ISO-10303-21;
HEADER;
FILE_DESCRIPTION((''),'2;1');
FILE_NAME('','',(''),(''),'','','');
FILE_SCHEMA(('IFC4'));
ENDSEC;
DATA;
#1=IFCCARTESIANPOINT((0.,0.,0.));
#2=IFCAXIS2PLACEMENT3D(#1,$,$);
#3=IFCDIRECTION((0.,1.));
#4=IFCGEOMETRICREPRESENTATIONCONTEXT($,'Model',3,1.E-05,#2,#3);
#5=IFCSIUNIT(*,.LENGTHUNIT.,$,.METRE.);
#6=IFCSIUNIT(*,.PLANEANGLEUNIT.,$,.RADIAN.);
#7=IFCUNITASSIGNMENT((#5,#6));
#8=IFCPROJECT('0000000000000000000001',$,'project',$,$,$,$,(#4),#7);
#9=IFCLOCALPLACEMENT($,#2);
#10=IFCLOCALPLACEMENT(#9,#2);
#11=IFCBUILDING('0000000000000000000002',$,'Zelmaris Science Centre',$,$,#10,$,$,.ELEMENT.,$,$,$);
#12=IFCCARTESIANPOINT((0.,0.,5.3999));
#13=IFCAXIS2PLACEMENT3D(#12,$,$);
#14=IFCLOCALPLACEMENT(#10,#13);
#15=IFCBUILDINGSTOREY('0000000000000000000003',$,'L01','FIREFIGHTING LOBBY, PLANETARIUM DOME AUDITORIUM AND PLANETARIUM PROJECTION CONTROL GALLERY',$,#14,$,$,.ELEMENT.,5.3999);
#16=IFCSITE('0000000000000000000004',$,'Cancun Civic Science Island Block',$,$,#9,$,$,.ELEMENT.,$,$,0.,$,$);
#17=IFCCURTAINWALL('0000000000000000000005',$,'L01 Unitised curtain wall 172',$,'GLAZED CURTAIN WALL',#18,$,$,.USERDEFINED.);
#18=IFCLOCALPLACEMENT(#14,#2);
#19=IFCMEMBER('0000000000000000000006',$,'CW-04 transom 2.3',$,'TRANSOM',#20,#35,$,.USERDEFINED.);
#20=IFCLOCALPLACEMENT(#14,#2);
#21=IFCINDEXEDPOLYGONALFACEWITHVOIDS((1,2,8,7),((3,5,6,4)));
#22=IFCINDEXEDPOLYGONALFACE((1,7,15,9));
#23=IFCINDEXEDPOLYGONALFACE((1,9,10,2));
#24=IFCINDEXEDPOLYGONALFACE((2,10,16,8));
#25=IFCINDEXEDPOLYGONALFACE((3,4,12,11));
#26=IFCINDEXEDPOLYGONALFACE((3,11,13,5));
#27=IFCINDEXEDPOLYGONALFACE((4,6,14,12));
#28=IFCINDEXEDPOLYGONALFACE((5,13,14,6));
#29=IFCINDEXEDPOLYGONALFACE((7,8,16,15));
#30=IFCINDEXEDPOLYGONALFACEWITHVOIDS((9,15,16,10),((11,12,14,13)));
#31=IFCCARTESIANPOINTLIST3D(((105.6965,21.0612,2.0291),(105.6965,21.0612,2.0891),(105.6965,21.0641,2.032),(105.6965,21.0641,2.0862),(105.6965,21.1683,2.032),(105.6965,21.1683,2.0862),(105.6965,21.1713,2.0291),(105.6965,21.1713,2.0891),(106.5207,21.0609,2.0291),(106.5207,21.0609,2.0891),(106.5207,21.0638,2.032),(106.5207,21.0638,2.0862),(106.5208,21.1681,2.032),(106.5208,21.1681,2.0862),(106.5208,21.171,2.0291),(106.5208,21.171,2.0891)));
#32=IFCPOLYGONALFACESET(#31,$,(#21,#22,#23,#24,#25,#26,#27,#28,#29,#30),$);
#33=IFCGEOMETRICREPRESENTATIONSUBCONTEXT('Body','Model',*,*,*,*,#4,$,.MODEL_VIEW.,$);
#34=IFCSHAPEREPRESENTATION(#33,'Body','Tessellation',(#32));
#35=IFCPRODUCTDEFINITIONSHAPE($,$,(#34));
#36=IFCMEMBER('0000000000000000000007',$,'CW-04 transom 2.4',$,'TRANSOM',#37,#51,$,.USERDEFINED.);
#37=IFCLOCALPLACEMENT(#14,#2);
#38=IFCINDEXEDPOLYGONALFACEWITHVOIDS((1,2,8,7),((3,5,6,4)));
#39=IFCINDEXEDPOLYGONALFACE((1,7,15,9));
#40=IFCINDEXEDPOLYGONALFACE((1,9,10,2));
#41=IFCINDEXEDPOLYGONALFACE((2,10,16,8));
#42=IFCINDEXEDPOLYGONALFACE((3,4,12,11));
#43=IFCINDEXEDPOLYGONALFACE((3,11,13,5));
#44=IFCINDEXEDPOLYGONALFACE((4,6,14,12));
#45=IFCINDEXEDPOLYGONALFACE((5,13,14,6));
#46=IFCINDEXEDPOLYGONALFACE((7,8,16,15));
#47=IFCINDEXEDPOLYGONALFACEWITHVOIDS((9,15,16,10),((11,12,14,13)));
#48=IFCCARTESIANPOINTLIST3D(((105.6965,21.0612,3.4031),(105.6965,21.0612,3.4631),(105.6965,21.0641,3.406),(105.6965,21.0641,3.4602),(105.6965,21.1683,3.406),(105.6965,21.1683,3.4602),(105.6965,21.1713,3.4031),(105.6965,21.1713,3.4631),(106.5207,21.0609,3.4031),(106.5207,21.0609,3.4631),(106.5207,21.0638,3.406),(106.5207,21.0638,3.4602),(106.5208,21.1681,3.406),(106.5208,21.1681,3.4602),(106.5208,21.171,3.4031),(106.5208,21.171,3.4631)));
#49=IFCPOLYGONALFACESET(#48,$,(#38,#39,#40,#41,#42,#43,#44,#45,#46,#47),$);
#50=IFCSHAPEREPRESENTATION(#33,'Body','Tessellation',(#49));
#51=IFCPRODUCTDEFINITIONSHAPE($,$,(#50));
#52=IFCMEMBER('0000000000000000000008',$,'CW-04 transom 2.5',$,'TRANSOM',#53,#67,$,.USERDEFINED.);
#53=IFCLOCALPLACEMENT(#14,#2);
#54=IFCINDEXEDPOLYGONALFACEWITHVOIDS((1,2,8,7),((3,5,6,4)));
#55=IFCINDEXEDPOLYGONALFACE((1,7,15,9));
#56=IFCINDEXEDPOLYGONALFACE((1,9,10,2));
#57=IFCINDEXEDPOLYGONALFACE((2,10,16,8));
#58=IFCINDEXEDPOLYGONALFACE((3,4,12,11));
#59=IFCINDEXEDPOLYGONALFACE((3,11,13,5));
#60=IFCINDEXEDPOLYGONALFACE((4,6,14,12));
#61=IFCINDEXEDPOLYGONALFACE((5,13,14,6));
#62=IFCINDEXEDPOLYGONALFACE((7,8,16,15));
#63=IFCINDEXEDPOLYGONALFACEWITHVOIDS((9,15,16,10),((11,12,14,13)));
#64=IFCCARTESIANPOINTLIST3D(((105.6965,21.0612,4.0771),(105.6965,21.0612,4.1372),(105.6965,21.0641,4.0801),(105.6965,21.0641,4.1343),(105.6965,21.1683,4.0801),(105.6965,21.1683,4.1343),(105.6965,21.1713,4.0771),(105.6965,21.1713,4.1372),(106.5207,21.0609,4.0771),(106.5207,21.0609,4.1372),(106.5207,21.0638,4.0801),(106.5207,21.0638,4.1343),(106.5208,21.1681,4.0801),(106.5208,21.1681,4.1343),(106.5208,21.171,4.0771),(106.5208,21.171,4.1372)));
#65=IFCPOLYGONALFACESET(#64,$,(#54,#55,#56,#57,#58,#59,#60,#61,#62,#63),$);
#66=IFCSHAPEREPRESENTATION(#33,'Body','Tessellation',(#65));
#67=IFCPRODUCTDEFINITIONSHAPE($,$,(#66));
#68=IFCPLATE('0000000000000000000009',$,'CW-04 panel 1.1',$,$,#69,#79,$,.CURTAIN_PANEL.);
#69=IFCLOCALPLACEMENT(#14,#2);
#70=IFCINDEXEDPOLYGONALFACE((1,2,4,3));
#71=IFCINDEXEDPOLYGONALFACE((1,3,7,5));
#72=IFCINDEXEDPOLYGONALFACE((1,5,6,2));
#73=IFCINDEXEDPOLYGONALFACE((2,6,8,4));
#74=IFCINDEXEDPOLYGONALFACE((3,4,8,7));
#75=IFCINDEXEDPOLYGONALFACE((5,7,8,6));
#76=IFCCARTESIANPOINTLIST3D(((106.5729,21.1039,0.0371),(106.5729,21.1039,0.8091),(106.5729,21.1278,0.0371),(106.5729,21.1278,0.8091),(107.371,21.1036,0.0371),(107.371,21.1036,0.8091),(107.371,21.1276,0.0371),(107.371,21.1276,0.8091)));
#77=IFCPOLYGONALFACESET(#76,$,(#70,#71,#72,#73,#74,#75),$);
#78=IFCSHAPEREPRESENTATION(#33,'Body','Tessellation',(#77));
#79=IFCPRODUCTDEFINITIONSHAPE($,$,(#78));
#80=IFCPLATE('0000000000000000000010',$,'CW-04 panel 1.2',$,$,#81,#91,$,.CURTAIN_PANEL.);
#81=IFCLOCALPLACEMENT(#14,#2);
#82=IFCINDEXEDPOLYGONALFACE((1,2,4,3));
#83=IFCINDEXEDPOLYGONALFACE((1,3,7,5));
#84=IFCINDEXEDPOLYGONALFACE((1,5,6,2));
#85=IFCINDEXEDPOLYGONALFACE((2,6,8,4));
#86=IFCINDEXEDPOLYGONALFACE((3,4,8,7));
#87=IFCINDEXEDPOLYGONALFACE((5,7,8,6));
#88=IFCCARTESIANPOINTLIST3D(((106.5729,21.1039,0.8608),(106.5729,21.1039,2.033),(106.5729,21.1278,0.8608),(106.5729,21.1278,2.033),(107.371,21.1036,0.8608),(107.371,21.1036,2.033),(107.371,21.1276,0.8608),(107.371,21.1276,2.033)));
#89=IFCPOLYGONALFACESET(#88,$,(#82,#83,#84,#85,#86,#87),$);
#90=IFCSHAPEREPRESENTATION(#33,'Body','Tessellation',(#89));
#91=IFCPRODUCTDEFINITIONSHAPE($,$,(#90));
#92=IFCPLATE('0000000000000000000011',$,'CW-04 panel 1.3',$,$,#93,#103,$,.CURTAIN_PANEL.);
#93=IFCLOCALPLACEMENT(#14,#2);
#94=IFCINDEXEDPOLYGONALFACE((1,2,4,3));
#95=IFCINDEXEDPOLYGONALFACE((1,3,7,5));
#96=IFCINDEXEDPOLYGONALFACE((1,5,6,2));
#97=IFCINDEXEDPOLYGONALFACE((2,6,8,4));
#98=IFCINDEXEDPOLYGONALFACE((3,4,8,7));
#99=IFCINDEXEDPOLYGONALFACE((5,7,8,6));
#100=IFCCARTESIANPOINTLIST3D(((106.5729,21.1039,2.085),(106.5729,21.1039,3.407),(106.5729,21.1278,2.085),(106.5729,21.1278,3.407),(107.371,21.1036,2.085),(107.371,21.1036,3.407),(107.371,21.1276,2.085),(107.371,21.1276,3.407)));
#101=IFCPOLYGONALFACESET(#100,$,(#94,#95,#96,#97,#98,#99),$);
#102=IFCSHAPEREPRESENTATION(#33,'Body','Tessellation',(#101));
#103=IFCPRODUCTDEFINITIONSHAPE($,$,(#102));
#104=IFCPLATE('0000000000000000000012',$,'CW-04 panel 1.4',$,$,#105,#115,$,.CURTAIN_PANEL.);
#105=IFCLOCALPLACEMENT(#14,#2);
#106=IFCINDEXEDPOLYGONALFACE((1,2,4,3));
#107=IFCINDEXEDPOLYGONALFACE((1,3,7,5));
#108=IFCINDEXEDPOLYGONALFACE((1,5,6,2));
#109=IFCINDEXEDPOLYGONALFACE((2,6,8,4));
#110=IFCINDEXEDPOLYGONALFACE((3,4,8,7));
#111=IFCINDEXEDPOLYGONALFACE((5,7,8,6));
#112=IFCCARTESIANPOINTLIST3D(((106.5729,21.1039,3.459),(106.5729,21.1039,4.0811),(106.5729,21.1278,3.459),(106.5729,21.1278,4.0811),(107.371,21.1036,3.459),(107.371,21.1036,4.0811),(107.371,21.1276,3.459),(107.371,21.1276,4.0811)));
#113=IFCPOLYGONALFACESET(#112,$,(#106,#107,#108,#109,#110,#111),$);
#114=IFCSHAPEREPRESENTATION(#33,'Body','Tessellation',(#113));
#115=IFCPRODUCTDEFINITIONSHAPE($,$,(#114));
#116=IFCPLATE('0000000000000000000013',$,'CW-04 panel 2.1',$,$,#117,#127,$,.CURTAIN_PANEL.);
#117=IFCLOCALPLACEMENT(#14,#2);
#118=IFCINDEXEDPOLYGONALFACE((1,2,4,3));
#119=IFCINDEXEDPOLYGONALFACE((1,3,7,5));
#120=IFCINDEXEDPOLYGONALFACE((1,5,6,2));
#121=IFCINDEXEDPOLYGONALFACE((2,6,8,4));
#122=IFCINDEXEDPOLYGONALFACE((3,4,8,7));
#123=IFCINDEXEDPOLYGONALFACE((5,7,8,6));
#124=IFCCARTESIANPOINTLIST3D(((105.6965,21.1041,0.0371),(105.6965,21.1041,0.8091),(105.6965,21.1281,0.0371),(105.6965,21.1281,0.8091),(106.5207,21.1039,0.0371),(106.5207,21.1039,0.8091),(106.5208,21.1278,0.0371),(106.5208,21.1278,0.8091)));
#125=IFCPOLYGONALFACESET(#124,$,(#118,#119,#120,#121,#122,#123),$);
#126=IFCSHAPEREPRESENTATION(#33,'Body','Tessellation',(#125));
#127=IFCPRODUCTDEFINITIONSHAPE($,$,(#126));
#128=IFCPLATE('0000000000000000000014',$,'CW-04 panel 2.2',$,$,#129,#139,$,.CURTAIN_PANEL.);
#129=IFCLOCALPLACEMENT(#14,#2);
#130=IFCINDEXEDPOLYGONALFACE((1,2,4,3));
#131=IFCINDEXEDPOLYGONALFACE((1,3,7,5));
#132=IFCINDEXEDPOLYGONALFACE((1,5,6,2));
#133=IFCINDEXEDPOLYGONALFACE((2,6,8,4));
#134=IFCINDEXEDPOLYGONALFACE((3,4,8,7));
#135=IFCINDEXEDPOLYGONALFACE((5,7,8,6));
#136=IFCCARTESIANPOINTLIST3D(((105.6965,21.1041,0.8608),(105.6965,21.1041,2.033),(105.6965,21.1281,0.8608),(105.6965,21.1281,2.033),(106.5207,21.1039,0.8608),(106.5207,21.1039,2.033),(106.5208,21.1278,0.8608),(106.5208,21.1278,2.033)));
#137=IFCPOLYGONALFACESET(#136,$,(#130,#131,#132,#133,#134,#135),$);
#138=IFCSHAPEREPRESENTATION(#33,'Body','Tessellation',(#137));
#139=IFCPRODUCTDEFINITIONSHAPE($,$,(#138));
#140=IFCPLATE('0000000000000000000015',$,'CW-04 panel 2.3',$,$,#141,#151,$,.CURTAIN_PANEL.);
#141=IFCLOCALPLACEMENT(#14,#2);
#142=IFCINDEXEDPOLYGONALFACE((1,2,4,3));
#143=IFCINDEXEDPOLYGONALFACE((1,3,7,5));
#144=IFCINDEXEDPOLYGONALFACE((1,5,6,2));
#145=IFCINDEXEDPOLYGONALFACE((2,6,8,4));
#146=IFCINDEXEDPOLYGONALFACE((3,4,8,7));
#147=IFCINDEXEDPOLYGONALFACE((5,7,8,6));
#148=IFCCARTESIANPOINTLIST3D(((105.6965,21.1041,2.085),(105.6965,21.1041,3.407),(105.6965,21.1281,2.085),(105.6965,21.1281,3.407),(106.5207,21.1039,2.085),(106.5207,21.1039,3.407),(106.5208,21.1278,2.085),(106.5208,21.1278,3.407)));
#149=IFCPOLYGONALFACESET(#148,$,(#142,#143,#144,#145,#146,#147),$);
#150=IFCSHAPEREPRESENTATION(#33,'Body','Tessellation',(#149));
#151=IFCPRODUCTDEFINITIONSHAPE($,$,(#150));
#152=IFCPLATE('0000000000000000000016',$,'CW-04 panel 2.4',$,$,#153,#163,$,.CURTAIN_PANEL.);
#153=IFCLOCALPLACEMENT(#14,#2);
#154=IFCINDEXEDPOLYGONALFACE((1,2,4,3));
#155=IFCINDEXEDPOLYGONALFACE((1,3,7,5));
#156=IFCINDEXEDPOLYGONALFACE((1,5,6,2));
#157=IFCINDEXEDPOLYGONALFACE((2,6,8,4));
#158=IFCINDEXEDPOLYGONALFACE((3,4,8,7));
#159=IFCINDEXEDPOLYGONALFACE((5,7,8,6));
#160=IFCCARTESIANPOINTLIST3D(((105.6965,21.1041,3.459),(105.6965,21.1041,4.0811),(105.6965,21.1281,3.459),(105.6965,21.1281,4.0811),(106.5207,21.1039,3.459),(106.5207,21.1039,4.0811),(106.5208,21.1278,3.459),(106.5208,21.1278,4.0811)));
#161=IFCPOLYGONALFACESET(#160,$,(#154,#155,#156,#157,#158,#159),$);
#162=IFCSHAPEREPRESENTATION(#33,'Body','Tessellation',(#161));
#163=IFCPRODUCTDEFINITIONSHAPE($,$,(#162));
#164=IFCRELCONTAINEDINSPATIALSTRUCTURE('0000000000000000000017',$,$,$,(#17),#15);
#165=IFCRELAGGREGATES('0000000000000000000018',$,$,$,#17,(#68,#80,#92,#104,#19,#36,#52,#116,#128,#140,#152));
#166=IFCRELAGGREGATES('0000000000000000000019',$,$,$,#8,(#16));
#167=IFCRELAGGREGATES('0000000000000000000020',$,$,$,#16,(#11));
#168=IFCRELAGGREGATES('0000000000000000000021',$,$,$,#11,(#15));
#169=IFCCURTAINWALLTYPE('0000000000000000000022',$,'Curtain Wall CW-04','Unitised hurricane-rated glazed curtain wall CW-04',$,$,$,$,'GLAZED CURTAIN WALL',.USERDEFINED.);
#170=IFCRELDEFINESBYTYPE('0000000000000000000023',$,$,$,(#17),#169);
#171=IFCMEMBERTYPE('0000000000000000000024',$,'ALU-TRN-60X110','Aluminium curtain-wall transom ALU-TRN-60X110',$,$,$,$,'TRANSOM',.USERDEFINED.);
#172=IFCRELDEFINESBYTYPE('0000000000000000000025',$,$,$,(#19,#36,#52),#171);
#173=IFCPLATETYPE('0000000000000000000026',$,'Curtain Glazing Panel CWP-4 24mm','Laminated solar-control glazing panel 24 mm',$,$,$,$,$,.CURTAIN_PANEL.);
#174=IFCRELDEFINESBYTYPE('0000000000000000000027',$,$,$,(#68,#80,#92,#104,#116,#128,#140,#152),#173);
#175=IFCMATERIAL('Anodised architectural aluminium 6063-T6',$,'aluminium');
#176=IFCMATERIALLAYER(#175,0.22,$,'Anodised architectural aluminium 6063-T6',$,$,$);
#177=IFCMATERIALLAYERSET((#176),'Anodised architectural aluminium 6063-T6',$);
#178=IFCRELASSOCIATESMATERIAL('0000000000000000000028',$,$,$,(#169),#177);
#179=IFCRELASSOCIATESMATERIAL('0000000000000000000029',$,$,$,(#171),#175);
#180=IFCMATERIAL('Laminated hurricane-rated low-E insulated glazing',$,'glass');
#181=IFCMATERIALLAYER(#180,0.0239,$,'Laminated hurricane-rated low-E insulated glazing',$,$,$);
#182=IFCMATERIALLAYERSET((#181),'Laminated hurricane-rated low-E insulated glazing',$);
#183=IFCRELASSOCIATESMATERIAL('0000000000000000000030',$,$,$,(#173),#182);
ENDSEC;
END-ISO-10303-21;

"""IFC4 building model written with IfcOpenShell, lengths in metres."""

from ifc_helpers import new_model, si_unit, direction, frame, origin, origin_2d, place, context, subcontext, project, spatial, rectangle, hollow_rectangle, extrude, material, layer, layer_set, material_profile, profile_set, type_object, element, aggregate, save


model = new_model("IFC4")

# Units and contexts
model_context = context("Model", 3, precision=1e-05, world=origin(), true_north=direction((0.0, 1.0)))
body_context = subcontext(model_context, "Body", "Model", "MODEL_VIEW")
ifc_project = project(units=[si_unit("LENGTHUNIT", "METRE"), si_unit("PLANEANGLEUNIT", "RADIAN")], contexts=[model_context])

# Site, building, storey
site_placement = place(None, origin())
site = spatial("IfcSite", under=ifc_project, at=site_placement, Name="Cancun Civic Science Island Block", CompositionType="ELEMENT", RefElevation=0.0)
building_placement = place(site_placement, origin())
building = spatial("IfcBuilding", under=site, at=building_placement, Name="Zelmaris Science Centre", CompositionType="ELEMENT")
storey_placement = place(building_placement, frame((0.0, 0.0, 5.3999)))
storey = spatial("IfcBuildingStorey", under=building, at=storey_placement, Name="L01", Description="FIREFIGHTING LOBBY, PLANETARIUM DOME AUDITORIUM AND PLANETARIUM PROJECTION CONTROL GALLERY", CompositionType="ELEMENT", Elevation=5.3999)

# Curtain wall
ifc_material_1 = material(Name="Anodised architectural aluminium 6063-T6", Category="aluminium")
ifc_layer_1 = layer(ifc_material_1, 0.22, Name="Anodised architectural aluminium 6063-T6")
ifc_layer_set_1 = layer_set([ifc_layer_1], Name="Anodised architectural aluminium 6063-T6")
curtain_wall_type_1 = type_object("IfcCurtainWallType", Name="Curtain Wall CW-04", Description="Unitised hurricane-rated glazed curtain wall CW-04", ElementType="GLAZED CURTAIN WALL", PredefinedType="USERDEFINED", material=ifc_layer_set_1)
curtain_wall_1_placement = place(storey_placement, origin())
curtain_wall_1 = element("IfcCurtainWall", 1, at=curtain_wall_1_placement, inside=storey, type_object=curtain_wall_type_1, Name="L01 Unitised curtain wall 172", ObjectType="GLAZED CURTAIN WALL", PredefinedType="USERDEFINED")

# Members
ifc_material_profile_1 = material_profile(ifc_material_1, hollow_rectangle(XDim=0.0601, YDim=0.1101, WallThickness=0.0029, at=origin_2d()), Name="ALU-TRN-60X110")
ifc_profile_set_1 = profile_set([ifc_material_profile_1], Name="Anodised architectural aluminium 6063-T6")
member_type_1 = type_object("IfcMemberType", Name="ALU-TRN-60X110", Description="Aluminium curtain-wall transom ALU-TRN-60X110", ElementType="TRANSOM", PredefinedType="USERDEFINED", material=ifc_profile_set_1)
member_1_placement = place(storey_placement, frame((106.5208, 21.116, 2.0591), z_axis=(-1.0, 0.000296, 0.0), x_axis=(0.0, 0.0, 1.0)))
member_1 = element("IfcMember", 2, at=member_1_placement, type_object=member_type_1, Name="CW-04 transom 2.3", ObjectType="TRANSOM", PredefinedType="USERDEFINED", context=body_context, shape_type="SweptSolid", body=[
    extrude(hollow_rectangle(XDim=0.0601, YDim=0.1101, WallThickness=0.0029, at=origin_2d()), origin(), (0.0, 0.0, 1.0), 0.8242),
])
member_2_placement = place(storey_placement, frame((106.5208, 21.116, 3.4331), z_axis=(-1.0, 0.000296, 0.0), x_axis=(0.0, 0.0, 1.0)))
member_2 = element("IfcMember", 3, at=member_2_placement, type_object=member_type_1, Name="CW-04 transom 2.4", ObjectType="TRANSOM", PredefinedType="USERDEFINED", context=body_context, shape_type="SweptSolid", body=[
    extrude(hollow_rectangle(XDim=0.0601, YDim=0.1101, WallThickness=0.0029, at=origin_2d()), origin(), (0.0, 0.0, 1.0), 0.8242),
])
member_3_placement = place(storey_placement, frame((106.5208, 21.116, 4.1072), z_axis=(-1.0, 0.000296, 0.0), x_axis=(0.0, 0.0, 1.0)))
member_3 = element("IfcMember", 4, at=member_3_placement, type_object=member_type_1, Name="CW-04 transom 2.5", ObjectType="TRANSOM", PredefinedType="USERDEFINED", context=body_context, shape_type="SweptSolid", body=[
    extrude(hollow_rectangle(XDim=0.0601, YDim=0.1101, WallThickness=0.0029, at=origin_2d()), origin(), (0.0, 0.0, 1.0), 0.8242),
])

# Plates
ifc_material_2 = material(Name="Laminated hurricane-rated low-E insulated glazing", Category="glass")
ifc_layer_2 = layer(ifc_material_2, 0.0239, Name="Laminated hurricane-rated low-E insulated glazing")
ifc_layer_set_2 = layer_set([ifc_layer_2], Name="Laminated hurricane-rated low-E insulated glazing")
plate_type = type_object("IfcPlateType", Name="Curtain Glazing Panel CWP-4 24mm", Description="Laminated solar-control glazing panel 24 mm", PredefinedType="CURTAIN_PANEL", material=ifc_layer_set_2)
plate_1_placement = place(storey_placement, frame((106.9719, 21.1157, 0.0371), z_axis=(0.0, 0.0, 1.0), x_axis=(-1.0, 0.00032, 0.0)))
plate_1 = element("IfcPlate", 5, at=plate_1_placement, type_object=plate_type, Name="CW-04 panel 1.1", PredefinedType="CURTAIN_PANEL", context=body_context, shape_type="SweptSolid", body=[
    extrude(rectangle(XDim=0.7981, YDim=0.0239, at=origin_2d()), origin(), (0.0, 0.0, 1.0), 0.772),
])
plate_2_placement = place(storey_placement, frame((106.9719, 21.1157, 0.8608), z_axis=(0.0, 0.0, 1.0), x_axis=(-1.0, 0.00032, 0.0)))
plate_2 = element("IfcPlate", 6, at=plate_2_placement, type_object=plate_type, Name="CW-04 panel 1.2", PredefinedType="CURTAIN_PANEL", context=body_context, shape_type="SweptSolid", body=[
    extrude(rectangle(XDim=0.7981, YDim=0.0239, at=origin_2d()), origin(), (0.0, 0.0, 1.0), 1.1721),
])
plate_3_placement = place(storey_placement, frame((106.9719, 21.1157, 2.085), z_axis=(0.0, 0.0, 1.0), x_axis=(-1.0, 0.00032, 0.0)))
plate_3 = element("IfcPlate", 7, at=plate_3_placement, type_object=plate_type, Name="CW-04 panel 1.3", PredefinedType="CURTAIN_PANEL", context=body_context, shape_type="SweptSolid", body=[
    extrude(rectangle(XDim=0.7981, YDim=0.0239, at=origin_2d()), origin(), (0.0, 0.0, 1.0), 1.322),
])
plate_4_placement = place(storey_placement, frame((106.9719, 21.1157, 3.459), z_axis=(0.0, 0.0, 1.0), x_axis=(-1.0, 0.00032, 0.0)))
plate_4 = element("IfcPlate", 8, at=plate_4_placement, type_object=plate_type, Name="CW-04 panel 1.4", PredefinedType="CURTAIN_PANEL", context=body_context, shape_type="SweptSolid", body=[
    extrude(rectangle(XDim=0.7981, YDim=0.0239, at=origin_2d()), origin(), (0.0, 0.0, 1.0), 0.6221),
])
plate_5_placement = place(storey_placement, frame((106.1086, 21.116, 0.0371), z_axis=(0.0, 0.0, 1.0), x_axis=(-1.0, 0.00032, 0.0)))
plate_5 = element("IfcPlate", 9, at=plate_5_placement, type_object=plate_type, Name="CW-04 panel 2.1", PredefinedType="CURTAIN_PANEL", context=body_context, shape_type="SweptSolid", body=[
    extrude(rectangle(XDim=0.8242, YDim=0.0239, at=origin_2d()), origin(), (0.0, 0.0, 1.0), 0.772),
])
plate_6_placement = place(storey_placement, frame((106.1086, 21.116, 0.8608), z_axis=(0.0, 0.0, 1.0), x_axis=(-1.0, 0.00032, 0.0)))
plate_6 = element("IfcPlate", 10, at=plate_6_placement, type_object=plate_type, Name="CW-04 panel 2.2", PredefinedType="CURTAIN_PANEL", context=body_context, shape_type="SweptSolid", body=[
    extrude(rectangle(XDim=0.8242, YDim=0.0239, at=origin_2d()), origin(), (0.0, 0.0, 1.0), 1.1721),
])
plate_7_placement = place(storey_placement, frame((106.1086, 21.116, 2.085), z_axis=(0.0, 0.0, 1.0), x_axis=(-1.0, 0.00032, 0.0)))
plate_7 = element("IfcPlate", 11, at=plate_7_placement, type_object=plate_type, Name="CW-04 panel 2.3", PredefinedType="CURTAIN_PANEL", context=body_context, shape_type="SweptSolid", body=[
    extrude(rectangle(XDim=0.8242, YDim=0.0239, at=origin_2d()), origin(), (0.0, 0.0, 1.0), 1.322),
])
plate_8_placement = place(storey_placement, frame((106.1086, 21.116, 3.459), z_axis=(0.0, 0.0, 1.0), x_axis=(-1.0, 0.00032, 0.0)))
plate_8 = element("IfcPlate", 12, at=plate_8_placement, type_object=plate_type, Name="CW-04 panel 2.4", PredefinedType="CURTAIN_PANEL", context=body_context, shape_type="SweptSolid", body=[
    extrude(rectangle(XDim=0.8242, YDim=0.0239, at=origin_2d()), origin(), (0.0, 0.0, 1.0), 0.6221),
])
aggregate(curtain_wall_1, [plate_1, plate_2, plate_3, plate_4, member_1, member_2, member_3, plate_5, plate_6, plate_7, plate_8])

save(model, "model.ifc")
